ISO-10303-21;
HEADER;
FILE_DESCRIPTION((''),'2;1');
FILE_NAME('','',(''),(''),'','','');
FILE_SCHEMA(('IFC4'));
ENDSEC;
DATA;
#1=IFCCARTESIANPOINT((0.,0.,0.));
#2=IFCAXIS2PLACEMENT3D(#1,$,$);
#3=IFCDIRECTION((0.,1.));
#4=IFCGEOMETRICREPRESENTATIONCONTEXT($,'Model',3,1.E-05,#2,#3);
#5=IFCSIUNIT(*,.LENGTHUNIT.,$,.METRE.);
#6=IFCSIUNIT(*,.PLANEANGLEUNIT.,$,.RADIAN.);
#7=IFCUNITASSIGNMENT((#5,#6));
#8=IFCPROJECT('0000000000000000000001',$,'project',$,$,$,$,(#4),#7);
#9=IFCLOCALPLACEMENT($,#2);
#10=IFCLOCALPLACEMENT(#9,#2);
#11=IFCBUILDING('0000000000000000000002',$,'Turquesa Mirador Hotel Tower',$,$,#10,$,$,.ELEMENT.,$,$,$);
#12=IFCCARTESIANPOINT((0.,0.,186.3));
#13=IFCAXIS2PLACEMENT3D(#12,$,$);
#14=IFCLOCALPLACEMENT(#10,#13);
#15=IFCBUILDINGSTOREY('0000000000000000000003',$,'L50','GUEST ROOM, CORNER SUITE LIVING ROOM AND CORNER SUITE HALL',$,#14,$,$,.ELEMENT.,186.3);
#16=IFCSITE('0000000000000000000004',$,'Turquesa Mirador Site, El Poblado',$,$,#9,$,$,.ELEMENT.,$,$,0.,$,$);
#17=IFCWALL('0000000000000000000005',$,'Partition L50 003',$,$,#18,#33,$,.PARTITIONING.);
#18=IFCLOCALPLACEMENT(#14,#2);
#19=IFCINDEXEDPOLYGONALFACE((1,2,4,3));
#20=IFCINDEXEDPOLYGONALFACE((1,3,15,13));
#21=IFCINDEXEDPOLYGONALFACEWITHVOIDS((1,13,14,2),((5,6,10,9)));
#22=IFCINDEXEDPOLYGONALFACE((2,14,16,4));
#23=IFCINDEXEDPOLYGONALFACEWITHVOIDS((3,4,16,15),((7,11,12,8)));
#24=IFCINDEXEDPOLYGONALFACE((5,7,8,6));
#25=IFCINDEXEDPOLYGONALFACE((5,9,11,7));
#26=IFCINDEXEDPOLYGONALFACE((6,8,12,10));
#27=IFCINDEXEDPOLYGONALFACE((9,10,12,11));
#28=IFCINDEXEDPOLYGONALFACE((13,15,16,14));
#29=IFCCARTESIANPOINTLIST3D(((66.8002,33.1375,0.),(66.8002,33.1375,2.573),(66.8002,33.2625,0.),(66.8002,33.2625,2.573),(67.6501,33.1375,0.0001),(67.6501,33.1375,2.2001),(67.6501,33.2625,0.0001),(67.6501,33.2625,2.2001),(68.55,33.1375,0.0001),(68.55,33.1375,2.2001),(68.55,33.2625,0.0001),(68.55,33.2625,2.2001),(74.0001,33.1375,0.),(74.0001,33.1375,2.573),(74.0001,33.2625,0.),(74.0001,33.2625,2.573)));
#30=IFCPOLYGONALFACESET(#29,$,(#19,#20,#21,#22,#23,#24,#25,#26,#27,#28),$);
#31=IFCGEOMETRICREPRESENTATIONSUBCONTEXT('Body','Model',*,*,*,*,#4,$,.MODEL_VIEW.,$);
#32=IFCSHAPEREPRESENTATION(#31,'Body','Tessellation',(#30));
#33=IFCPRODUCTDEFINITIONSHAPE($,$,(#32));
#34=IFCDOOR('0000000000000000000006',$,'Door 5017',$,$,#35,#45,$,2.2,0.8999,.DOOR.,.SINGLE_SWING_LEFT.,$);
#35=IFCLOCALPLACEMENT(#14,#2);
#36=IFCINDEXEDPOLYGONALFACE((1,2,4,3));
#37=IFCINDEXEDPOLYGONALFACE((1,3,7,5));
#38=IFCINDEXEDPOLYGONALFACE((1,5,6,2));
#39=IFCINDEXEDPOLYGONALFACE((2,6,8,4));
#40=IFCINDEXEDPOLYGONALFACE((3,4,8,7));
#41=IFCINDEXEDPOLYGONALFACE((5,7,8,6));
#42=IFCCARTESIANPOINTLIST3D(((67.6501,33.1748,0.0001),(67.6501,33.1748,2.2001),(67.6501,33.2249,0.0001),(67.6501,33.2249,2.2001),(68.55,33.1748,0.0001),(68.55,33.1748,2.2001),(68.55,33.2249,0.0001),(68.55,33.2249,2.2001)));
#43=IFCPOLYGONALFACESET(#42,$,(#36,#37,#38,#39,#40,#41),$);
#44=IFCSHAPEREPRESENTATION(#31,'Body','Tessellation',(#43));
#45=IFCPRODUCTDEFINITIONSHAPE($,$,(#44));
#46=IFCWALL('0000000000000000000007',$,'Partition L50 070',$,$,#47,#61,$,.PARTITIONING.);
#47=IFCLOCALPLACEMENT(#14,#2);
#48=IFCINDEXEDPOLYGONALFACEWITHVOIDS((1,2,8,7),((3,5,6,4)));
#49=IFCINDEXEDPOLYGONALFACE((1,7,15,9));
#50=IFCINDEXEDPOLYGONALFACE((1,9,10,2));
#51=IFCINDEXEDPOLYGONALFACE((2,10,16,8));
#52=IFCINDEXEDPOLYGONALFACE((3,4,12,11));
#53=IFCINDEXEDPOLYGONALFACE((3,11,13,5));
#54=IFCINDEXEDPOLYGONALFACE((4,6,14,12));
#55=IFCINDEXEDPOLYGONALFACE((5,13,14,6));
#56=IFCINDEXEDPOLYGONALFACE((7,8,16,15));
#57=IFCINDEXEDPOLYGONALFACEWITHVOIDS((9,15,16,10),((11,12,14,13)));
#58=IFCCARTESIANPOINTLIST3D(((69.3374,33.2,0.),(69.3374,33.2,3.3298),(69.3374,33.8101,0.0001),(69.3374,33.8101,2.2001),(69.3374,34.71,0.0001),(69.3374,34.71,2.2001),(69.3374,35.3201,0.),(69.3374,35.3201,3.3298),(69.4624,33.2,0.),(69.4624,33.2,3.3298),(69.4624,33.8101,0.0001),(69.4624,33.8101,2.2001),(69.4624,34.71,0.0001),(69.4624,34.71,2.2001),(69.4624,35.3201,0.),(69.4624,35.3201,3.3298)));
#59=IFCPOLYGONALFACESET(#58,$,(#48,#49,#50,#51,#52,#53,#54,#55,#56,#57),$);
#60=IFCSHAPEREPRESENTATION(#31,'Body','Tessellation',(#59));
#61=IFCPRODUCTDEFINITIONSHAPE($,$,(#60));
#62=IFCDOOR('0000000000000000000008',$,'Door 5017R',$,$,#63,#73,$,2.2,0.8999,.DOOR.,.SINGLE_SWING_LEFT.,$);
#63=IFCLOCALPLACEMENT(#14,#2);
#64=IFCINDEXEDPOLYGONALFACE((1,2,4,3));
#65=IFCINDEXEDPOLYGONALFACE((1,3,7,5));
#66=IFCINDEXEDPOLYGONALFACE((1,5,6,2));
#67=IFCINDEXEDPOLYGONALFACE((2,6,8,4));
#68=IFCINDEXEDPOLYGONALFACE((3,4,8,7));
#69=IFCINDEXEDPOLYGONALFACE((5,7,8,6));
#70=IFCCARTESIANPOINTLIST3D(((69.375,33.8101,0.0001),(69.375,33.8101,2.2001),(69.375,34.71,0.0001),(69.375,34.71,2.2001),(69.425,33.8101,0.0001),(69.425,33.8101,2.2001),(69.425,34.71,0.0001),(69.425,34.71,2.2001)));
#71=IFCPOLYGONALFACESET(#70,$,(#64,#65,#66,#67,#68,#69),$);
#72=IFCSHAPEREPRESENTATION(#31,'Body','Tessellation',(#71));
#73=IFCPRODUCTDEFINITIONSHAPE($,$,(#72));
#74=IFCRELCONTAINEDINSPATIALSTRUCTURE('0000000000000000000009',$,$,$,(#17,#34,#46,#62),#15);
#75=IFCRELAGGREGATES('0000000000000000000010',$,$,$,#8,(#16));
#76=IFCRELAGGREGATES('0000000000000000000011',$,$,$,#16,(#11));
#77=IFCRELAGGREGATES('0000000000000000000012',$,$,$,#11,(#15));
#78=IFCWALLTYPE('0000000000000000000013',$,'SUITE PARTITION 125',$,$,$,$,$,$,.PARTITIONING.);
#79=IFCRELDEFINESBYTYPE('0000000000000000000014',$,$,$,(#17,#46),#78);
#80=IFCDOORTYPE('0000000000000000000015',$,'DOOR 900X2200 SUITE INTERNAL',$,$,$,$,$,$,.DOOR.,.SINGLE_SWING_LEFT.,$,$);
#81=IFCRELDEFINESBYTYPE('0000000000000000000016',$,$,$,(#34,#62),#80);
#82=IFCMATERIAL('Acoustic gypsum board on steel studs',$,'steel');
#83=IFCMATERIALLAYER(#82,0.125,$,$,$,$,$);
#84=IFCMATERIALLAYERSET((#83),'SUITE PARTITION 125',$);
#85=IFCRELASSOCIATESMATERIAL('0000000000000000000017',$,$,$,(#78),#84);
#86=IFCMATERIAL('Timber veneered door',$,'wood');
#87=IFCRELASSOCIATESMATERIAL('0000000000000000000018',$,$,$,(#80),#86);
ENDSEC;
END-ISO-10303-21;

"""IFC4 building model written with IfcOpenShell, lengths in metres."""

from ifc_helpers import new_model, si_unit, direction, frame, frame_2d, origin, place, context, subcontext, project, spatial, rectangle, extrude, material, layer, layer_set, type_object, element, fill, save


model = new_model("IFC4")

# Units and contexts
model_context = context("Model", 3, precision=1e-05, world=origin(), true_north=direction((0.0, 1.0)))
body_context = subcontext(model_context, "Body", "Model", "MODEL_VIEW")
ifc_project = project(units=[si_unit("LENGTHUNIT", "METRE"), si_unit("PLANEANGLEUNIT", "RADIAN")], contexts=[model_context])

# Site, building, storey
site_placement = place(None, origin())
site = spatial("IfcSite", under=ifc_project, at=site_placement, Name="Turquesa Mirador Site, El Poblado", CompositionType="ELEMENT", RefElevation=0.0)
building_placement = place(site_placement, origin())
building = spatial("IfcBuilding", under=site, at=building_placement, Name="Turquesa Mirador Hotel Tower", CompositionType="ELEMENT")
storey_placement = place(building_placement, frame((0.0, 0.0, 186.3)))
storey = spatial("IfcBuildingStorey", under=building, at=storey_placement, Name="L50", Description="GUEST ROOM, CORNER SUITE LIVING ROOM AND CORNER SUITE HALL", CompositionType="ELEMENT", Elevation=186.3)

# Walls, openings, doors
ifc_material_1 = material(Name="Acoustic gypsum board on steel studs", Category="steel")
ifc_layer_1 = layer(ifc_material_1, 0.125)
ifc_layer_set_1 = layer_set([ifc_layer_1], Name="SUITE PARTITION 125")
wall_type_1 = type_object("IfcWallType", Name="SUITE PARTITION 125", PredefinedType="PARTITIONING", material=ifc_layer_set_1)
wall_1_placement = place(storey_placement, frame((66.8, 33.2, 0.0), z_axis=(0.0, 0.0, 1.0), x_axis=(1.0, 0.0, 0.0)))
wall_1 = element("IfcWall", 1, at=wall_1_placement, inside=storey, type_object=wall_type_1, Name="Partition L50 003", PredefinedType="PARTITIONING", context=body_context, shape_type="SweptSolid", body=[
    extrude(rectangle(XDim=7.2, YDim=0.125, at=frame_2d((3.6001, 0.0))), origin(), (0.0, 0.0, 1.0), 2.573),
])
opening_1_placement = place(wall_1_placement, frame((0.8501, 0.0, 0.0)))
opening_1 = element("IfcOpeningElement", 2, at=opening_1_placement, cuts=wall_1, PredefinedType="OPENING", context=body_context, shape_type="SweptSolid", body=[
    extrude(rectangle(XDim=0.8999, YDim=2.2, at=frame_2d((0.45, 1.1001))), frame((0.0, 0.0725, 0.0), z_axis=(0.0, -1.0, 0.0), x_axis=(1.0, 0.0, 0.0)), (0.0, 0.0, 1.0), 0.145),
])
ifc_material_2 = material(Name="Timber veneered door", Category="wood")
door_type_1 = type_object("IfcDoorType", Name="DOOR 900X2200 SUITE INTERNAL", OperationType="SINGLE_SWING_LEFT", PredefinedType="DOOR", material=ifc_material_2)
door_1_placement = place(opening_1_placement, origin())
door_1 = element("IfcDoor", 3, at=door_1_placement, inside=storey, type_object=door_type_1, Name="Door 5017", OperationType="SINGLE_SWING_LEFT", OverallHeight=2.2, OverallWidth=0.8999, PredefinedType="DOOR", context=body_context, shape_type="SweptSolid", body=[
    extrude(rectangle(XDim=0.8999, YDim=2.2, at=frame_2d((0.45, 1.1001))), frame((0.0, 0.0249, 0.0), z_axis=(0.0, -1.0, 0.0), x_axis=(1.0, 0.0, 0.0)), (0.0, 0.0, 1.0), 0.05),
])
fill(opening_1, door_1)
wall_2_placement = place(storey_placement, frame((69.3999, 33.2, 0.0), z_axis=(0.0, 0.0, 1.0), x_axis=(0.0, 1.0, 0.0)))
wall_2 = element("IfcWall", 4, at=wall_2_placement, inside=storey, type_object=wall_type_1, Name="Partition L50 070", PredefinedType="PARTITIONING", context=body_context, shape_type="SweptSolid", body=[
    extrude(rectangle(XDim=2.1201, YDim=0.125, at=frame_2d((1.0601, 0.0))), origin(), (0.0, 0.0, 1.0), 3.3298),
])
opening_2_placement = place(wall_2_placement, frame((0.6101, 0.0, 0.0)))
opening_2 = element("IfcOpeningElement", 5, at=opening_2_placement, cuts=wall_2, PredefinedType="OPENING", context=body_context, shape_type="SweptSolid", body=[
    extrude(rectangle(XDim=0.8999, YDim=2.2, at=frame_2d((0.45, 1.1001))), frame((0.0, 0.0725, 0.0), z_axis=(0.0, -1.0, 0.0), x_axis=(1.0, 0.0, 0.0)), (0.0, 0.0, 1.0), 0.145),
])
door_2_placement = place(opening_2_placement, origin())
door_2 = element("IfcDoor", 6, at=door_2_placement, inside=storey, type_object=door_type_1, Name="Door 5017R", OperationType="SINGLE_SWING_LEFT", OverallHeight=2.2, OverallWidth=0.8999, PredefinedType="DOOR", context=body_context, shape_type="SweptSolid", body=[
    extrude(rectangle(XDim=0.8999, YDim=2.2, at=frame_2d((0.45, 1.1001))), frame((0.0, 0.0249, 0.0), z_axis=(0.0, -1.0, 0.0), x_axis=(1.0, 0.0, 0.0)), (0.0, 0.0, 1.0), 0.05),
])
fill(opening_2, door_2)

save(model, "model.ifc")
